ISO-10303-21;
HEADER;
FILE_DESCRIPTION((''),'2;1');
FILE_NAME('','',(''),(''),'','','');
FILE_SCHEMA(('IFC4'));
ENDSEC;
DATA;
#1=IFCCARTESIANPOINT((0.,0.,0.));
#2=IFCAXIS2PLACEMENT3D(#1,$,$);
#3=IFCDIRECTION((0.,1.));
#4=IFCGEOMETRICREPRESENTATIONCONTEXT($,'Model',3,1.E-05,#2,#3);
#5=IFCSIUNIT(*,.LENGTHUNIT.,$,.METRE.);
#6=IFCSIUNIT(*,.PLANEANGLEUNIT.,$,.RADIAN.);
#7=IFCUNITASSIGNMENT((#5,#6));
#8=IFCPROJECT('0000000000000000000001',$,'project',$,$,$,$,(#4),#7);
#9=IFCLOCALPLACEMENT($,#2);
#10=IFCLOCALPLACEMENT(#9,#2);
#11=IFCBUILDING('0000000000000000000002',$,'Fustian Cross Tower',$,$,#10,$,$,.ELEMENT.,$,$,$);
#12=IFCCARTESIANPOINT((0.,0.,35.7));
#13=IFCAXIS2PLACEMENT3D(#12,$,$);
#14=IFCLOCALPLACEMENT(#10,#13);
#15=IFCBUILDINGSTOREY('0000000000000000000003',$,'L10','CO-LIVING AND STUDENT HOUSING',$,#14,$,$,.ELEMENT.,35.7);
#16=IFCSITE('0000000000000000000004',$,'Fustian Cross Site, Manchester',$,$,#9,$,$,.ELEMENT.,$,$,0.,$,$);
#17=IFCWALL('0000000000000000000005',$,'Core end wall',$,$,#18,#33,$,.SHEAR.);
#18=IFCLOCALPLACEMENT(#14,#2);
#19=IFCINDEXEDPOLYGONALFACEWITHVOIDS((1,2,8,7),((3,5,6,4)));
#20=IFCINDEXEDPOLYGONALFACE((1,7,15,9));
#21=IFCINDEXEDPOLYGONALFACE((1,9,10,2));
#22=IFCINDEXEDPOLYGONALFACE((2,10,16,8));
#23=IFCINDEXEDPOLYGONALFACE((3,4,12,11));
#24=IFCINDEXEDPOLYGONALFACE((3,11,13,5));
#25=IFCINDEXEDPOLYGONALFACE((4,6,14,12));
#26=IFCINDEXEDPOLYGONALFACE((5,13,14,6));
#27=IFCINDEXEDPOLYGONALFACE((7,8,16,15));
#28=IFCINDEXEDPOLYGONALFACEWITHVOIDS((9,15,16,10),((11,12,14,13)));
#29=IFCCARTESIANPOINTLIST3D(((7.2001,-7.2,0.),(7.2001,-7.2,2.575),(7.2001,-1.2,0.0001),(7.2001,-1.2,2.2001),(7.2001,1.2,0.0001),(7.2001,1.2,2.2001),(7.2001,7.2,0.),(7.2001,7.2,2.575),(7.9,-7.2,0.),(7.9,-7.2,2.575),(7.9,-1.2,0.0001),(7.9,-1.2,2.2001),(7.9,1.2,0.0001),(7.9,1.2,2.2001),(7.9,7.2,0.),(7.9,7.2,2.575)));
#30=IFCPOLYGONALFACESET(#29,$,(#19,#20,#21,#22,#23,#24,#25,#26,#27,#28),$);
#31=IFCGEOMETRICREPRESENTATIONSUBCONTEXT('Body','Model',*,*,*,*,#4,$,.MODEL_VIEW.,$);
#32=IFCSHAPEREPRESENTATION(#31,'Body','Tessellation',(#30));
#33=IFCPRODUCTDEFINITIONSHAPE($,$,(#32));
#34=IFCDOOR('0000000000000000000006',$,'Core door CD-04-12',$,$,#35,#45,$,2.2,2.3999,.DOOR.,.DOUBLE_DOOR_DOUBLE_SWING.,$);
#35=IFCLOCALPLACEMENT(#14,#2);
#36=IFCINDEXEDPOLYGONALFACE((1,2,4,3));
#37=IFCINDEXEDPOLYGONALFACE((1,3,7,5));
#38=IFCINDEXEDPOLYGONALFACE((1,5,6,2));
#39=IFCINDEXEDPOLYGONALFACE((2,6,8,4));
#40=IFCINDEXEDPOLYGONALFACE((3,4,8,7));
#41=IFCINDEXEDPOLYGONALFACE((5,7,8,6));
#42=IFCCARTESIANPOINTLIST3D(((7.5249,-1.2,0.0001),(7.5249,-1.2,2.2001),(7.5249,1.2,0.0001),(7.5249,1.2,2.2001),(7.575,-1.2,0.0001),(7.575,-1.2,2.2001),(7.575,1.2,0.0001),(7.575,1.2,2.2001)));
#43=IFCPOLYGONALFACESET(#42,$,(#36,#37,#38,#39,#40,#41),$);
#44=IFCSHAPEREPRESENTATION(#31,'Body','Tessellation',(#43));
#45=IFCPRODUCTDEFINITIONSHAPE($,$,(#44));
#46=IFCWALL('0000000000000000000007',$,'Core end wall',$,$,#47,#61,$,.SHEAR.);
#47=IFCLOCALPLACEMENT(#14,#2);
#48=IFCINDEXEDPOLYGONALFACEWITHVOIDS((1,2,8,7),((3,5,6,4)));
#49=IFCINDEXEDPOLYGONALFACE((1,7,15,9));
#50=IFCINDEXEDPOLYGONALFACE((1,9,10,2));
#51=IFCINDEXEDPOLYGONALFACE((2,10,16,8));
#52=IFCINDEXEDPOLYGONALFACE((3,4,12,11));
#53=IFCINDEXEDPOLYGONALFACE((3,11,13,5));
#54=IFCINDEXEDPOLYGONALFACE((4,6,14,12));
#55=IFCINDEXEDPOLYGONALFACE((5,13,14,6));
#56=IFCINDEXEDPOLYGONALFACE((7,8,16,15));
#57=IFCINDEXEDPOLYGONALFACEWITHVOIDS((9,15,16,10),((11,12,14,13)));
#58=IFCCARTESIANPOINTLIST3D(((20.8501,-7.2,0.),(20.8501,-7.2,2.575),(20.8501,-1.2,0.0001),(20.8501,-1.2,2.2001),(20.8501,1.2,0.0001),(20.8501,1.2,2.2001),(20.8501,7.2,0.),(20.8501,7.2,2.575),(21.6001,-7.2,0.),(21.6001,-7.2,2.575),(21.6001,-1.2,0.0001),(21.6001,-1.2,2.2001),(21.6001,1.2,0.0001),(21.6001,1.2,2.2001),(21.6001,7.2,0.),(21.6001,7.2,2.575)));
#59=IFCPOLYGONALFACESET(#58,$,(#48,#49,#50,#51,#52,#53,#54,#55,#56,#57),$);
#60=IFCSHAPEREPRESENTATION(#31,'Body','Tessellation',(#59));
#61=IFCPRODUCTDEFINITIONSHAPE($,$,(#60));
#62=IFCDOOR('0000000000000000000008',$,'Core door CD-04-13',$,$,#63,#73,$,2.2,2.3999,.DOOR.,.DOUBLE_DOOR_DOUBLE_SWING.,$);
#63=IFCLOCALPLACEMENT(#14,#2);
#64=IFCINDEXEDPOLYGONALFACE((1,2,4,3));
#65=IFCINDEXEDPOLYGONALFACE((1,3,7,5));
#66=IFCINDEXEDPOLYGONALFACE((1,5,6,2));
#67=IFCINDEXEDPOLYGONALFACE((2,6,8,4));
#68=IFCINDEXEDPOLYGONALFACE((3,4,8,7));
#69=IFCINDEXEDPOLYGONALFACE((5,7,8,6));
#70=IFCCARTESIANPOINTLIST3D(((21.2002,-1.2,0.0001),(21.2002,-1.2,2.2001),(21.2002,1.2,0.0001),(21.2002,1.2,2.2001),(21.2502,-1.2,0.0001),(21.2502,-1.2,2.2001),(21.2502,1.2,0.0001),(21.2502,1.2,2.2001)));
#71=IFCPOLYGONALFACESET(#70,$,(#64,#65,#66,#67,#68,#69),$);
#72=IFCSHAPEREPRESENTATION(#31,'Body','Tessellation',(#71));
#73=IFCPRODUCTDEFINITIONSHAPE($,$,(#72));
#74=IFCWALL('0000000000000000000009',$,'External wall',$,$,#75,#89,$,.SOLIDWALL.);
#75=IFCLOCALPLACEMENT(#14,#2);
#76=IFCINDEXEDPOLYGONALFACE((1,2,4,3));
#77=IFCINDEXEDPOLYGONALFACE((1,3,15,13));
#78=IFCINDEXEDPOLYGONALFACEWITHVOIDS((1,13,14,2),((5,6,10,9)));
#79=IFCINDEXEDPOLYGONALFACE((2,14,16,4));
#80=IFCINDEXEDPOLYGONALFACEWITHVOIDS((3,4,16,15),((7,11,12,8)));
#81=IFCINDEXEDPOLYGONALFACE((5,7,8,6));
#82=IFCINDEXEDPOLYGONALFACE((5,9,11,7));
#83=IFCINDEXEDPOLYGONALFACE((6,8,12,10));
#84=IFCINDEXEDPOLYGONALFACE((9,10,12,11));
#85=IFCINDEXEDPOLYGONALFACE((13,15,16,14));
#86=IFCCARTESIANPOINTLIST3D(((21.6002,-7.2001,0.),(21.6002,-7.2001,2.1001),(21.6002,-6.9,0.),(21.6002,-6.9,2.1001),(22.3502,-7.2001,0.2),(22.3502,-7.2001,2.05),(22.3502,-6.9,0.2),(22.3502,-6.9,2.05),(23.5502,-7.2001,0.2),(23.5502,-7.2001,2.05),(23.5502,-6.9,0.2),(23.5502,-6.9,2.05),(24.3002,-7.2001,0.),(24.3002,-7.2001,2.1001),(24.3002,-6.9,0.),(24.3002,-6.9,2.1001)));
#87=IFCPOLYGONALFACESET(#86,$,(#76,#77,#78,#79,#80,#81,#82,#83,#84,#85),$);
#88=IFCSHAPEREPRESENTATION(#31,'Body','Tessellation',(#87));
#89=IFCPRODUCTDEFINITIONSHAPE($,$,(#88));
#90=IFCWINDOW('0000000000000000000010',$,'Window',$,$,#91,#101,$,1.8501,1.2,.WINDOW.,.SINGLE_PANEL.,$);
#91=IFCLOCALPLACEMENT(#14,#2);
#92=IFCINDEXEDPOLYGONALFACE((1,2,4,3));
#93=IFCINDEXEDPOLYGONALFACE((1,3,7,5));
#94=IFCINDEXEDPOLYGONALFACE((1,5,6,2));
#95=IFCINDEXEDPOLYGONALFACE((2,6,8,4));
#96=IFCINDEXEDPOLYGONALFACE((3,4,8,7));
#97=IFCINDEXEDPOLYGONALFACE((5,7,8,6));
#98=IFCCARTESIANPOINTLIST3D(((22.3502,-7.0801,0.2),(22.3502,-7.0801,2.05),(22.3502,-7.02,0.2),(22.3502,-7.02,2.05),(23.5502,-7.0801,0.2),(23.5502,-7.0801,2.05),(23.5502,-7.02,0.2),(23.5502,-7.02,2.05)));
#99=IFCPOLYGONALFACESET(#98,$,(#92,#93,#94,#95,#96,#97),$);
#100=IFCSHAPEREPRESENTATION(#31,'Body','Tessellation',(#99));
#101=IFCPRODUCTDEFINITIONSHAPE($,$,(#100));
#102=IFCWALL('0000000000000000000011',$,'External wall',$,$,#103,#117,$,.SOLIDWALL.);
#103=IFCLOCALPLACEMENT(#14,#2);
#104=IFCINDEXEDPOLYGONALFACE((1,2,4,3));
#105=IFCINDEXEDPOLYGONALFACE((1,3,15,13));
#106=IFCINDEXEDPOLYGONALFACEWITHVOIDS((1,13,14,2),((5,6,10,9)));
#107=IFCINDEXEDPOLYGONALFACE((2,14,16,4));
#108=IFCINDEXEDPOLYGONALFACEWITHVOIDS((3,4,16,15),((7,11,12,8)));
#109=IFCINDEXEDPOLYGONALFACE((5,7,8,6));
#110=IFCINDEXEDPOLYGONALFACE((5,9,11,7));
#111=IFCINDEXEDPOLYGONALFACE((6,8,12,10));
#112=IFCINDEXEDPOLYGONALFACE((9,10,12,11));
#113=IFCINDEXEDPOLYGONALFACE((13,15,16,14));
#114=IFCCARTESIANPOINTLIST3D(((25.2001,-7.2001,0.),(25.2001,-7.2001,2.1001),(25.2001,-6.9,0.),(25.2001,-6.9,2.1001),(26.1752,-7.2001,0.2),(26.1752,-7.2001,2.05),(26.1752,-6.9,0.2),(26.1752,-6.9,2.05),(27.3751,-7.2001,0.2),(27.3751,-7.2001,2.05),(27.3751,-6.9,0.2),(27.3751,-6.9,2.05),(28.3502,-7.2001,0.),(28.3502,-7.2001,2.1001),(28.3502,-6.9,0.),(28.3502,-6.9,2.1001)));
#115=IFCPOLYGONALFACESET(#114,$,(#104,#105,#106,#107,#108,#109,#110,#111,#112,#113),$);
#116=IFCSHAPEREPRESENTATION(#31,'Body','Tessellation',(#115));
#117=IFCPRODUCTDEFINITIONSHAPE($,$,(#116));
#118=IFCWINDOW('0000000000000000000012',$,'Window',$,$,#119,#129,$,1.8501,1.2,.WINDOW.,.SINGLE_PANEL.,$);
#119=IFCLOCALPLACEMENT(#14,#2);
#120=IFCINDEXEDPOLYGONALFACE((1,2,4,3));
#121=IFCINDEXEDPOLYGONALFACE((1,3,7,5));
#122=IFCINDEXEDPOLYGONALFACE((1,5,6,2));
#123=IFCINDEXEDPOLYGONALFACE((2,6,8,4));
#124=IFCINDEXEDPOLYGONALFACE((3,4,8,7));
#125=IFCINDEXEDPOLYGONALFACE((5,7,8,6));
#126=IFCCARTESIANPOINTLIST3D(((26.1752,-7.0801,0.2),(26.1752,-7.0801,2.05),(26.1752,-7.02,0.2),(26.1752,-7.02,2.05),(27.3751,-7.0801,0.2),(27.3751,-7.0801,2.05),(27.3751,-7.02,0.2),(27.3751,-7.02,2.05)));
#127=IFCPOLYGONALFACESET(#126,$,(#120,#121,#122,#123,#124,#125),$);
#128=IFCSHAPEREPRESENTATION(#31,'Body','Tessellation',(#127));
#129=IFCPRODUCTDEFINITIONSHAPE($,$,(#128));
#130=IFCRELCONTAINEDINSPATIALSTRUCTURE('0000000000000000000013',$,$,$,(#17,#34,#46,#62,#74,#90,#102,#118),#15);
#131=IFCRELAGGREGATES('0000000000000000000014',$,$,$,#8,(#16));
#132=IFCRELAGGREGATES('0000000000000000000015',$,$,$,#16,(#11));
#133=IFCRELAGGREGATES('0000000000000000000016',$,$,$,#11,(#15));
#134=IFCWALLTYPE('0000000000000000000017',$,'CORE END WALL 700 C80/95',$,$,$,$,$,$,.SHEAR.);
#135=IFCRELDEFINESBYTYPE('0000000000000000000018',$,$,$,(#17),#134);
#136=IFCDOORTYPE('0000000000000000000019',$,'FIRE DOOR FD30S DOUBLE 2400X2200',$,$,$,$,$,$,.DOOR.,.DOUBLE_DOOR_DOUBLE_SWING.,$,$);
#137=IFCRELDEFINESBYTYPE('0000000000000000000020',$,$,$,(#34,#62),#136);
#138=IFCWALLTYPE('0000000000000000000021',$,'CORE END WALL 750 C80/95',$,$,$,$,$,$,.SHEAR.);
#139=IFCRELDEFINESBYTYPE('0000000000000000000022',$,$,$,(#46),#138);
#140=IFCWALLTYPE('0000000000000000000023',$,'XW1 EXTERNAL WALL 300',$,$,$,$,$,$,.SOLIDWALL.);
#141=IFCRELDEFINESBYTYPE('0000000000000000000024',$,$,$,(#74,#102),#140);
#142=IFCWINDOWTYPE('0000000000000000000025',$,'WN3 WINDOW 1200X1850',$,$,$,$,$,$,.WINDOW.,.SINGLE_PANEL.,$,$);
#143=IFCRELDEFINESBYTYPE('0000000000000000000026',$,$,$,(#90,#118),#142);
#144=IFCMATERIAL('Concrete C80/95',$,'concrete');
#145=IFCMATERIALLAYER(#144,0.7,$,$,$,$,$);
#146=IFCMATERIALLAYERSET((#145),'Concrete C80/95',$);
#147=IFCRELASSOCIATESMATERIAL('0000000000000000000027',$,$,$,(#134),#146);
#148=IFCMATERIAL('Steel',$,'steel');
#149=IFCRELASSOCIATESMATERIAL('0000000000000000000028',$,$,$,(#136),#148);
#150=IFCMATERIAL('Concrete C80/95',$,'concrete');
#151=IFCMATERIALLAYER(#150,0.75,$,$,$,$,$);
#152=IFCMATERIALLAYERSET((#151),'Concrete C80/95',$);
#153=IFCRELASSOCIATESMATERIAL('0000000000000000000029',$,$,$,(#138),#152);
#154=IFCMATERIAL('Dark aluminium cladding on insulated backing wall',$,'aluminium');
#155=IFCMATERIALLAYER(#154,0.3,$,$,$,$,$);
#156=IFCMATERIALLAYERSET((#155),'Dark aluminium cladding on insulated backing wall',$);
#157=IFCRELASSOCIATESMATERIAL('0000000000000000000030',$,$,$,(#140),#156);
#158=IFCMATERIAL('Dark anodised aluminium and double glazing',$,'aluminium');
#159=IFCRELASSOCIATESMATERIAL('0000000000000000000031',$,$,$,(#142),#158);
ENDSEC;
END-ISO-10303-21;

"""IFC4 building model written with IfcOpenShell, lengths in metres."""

from ifc_helpers import new_model, si_unit, direction, frame, frame_2d, origin, place, context, subcontext, project, spatial, rectangle, extrude, material, layer, layer_set, type_object, element, fill, save


model = new_model("IFC4")

# Units and contexts
model_context = context("Model", 3, precision=1e-05, world=origin(), true_north=direction((0.0, 1.0)))
body_context = subcontext(model_context, "Body", "Model", "MODEL_VIEW")
ifc_project = project(units=[si_unit("LENGTHUNIT", "METRE"), si_unit("PLANEANGLEUNIT", "RADIAN")], contexts=[model_context])

# Site, building, storey
site_placement = place(None, origin())
site = spatial("IfcSite", under=ifc_project, at=site_placement, Name="Fustian Cross Site, Manchester", CompositionType="ELEMENT", RefElevation=0.0)
building_placement = place(site_placement, origin())
building = spatial("IfcBuilding", under=site, at=building_placement, Name="Fustian Cross Tower", CompositionType="ELEMENT")
storey_placement = place(building_placement, frame((0.0, 0.0, 35.7)))
storey = spatial("IfcBuildingStorey", under=building, at=storey_placement, Name="L10", Description="CO-LIVING AND STUDENT HOUSING", CompositionType="ELEMENT", Elevation=35.7)

# Walls, openings, doors
ifc_material_1 = material(Name="Concrete C80/95", Category="concrete")
ifc_layer_1 = layer(ifc_material_1, 0.7)
ifc_layer_set_1 = layer_set([ifc_layer_1], Name="Concrete C80/95")
wall_type_1 = type_object("IfcWallType", Name="CORE END WALL 700 C80/95", PredefinedType="SHEAR", material=ifc_layer_set_1)
wall_1_placement = place(storey_placement, frame((7.55, -7.2, 0.0), z_axis=(0.0, 0.0, 1.0), x_axis=(0.0, 1.0, 0.0)))
wall_1 = element("IfcWall", 1, at=wall_1_placement, inside=storey, type_object=wall_type_1, Name="Core end wall", PredefinedType="SHEAR", context=body_context, shape_type="SweptSolid", body=[
    extrude(rectangle(XDim=14.3999, YDim=0.7, at=frame_2d((7.2, 0.0))), origin(), (0.0, 0.0, 1.0), 2.575),
])
opening_1_placement = place(wall_1_placement, frame((6.0, 0.0, 0.0)))
opening_1 = element("IfcOpeningElement", 2, at=opening_1_placement, cuts=wall_1, PredefinedType="OPENING", context=body_context, shape_type="SweptSolid", body=[
    extrude(rectangle(XDim=2.3999, YDim=2.2, at=frame_2d((1.2, 1.1001))), frame((0.0, 0.3599, 0.0), z_axis=(0.0, -1.0, 0.0), x_axis=(1.0, 0.0, 0.0)), (0.0, 0.0, 1.0), 0.72),
])
ifc_material_2 = material(Name="Steel", Category="steel")
door_type = type_object("IfcDoorType", Name="FIRE DOOR FD30S DOUBLE 2400X2200", OperationType="DOUBLE_DOOR_DOUBLE_SWING", PredefinedType="DOOR", material=ifc_material_2)
door_1_placement = place(opening_1_placement, frame((2.3999, 0.0, 0.0), z_axis=(0.0, 0.0, 1.0), x_axis=(-1.0, 0.0, 0.0)))
door_1 = element("IfcDoor", 3, at=door_1_placement, inside=storey, type_object=door_type, Name="Core door CD-04-12", OperationType="DOUBLE_DOOR_DOUBLE_SWING", OverallHeight=2.2, OverallWidth=2.3999, PredefinedType="DOOR", context=body_context, shape_type="SweptSolid", body=[
    extrude(rectangle(XDim=2.3999, YDim=2.2, at=frame_2d((1.2, 1.1001))), frame((0.0, 0.0249, 0.0), z_axis=(0.0, -1.0, 0.0), x_axis=(1.0, 0.0, 0.0)), (0.0, 0.0, 1.0), 0.05),
])
fill(opening_1, door_1)
ifc_material_3 = material(Name="Concrete C80/95", Category="concrete")
ifc_layer_2 = layer(ifc_material_3, 0.75)
ifc_layer_set_2 = layer_set([ifc_layer_2], Name="Concrete C80/95")
wall_type_2 = type_object("IfcWallType", Name="CORE END WALL 750 C80/95", PredefinedType="SHEAR", material=ifc_layer_set_2)
wall_2_placement = place(storey_placement, frame((21.2251, -7.2, 0.0), z_axis=(0.0, 0.0, 1.0), x_axis=(0.0, 1.0, 0.0)))
wall_2 = element("IfcWall", 4, at=wall_2_placement, inside=storey, type_object=wall_type_2, Name="Core end wall", PredefinedType="SHEAR", context=body_context, shape_type="SweptSolid", body=[
    extrude(rectangle(XDim=14.3999, YDim=0.75, at=frame_2d((7.2, 0.0))), origin(), (0.0, 0.0, 1.0), 2.575),
])
opening_2_placement = place(wall_2_placement, frame((6.0, 0.0, 0.0)))
opening_2 = element("IfcOpeningElement", 5, at=opening_2_placement, cuts=wall_2, PredefinedType="OPENING", context=body_context, shape_type="SweptSolid", body=[
    extrude(rectangle(XDim=2.3999, YDim=2.2, at=frame_2d((1.2, 1.1001))), frame((0.0, 0.385, 0.0), z_axis=(0.0, -1.0, 0.0), x_axis=(1.0, 0.0, 0.0)), (0.0, 0.0, 1.0), 0.77),
])
door_2_placement = place(opening_2_placement, origin())
door_2 = element("IfcDoor", 6, at=door_2_placement, inside=storey, type_object=door_type, Name="Core door CD-04-13", OperationType="DOUBLE_DOOR_DOUBLE_SWING", OverallHeight=2.2, OverallWidth=2.3999, PredefinedType="DOOR", context=body_context, shape_type="SweptSolid", body=[
    extrude(rectangle(XDim=2.3999, YDim=2.2, at=frame_2d((1.2, 1.1001))), frame((0.0, 0.0249, 0.0), z_axis=(0.0, -1.0, 0.0), x_axis=(1.0, 0.0, 0.0)), (0.0, 0.0, 1.0), 0.05),
])
fill(opening_2, door_2)

# Walls, openings, windows
ifc_material_4 = material(Name="Dark aluminium cladding on insulated backing wall", Category="aluminium")
ifc_layer_3 = layer(ifc_material_4, 0.3)
ifc_layer_set_3 = layer_set([ifc_layer_3], Name="Dark aluminium cladding on insulated backing wall")
wall_type_3 = type_object("IfcWallType", Name="XW1 EXTERNAL WALL 300", PredefinedType="SOLIDWALL", material=ifc_layer_set_3)
wall_3_placement = place(storey_placement, frame((21.6001, -7.05, 0.0), z_axis=(0.0, 0.0, 1.0), x_axis=(1.0, 0.0, 0.0)))
wall_3 = element("IfcWall", 7, at=wall_3_placement, inside=storey, type_object=wall_type_3, Name="External wall", PredefinedType="SOLIDWALL", context=body_context, shape_type="SweptSolid", body=[
    extrude(rectangle(XDim=2.7, YDim=0.3, at=frame_2d((1.3501, 0.0))), origin(), (0.0, 0.0, 1.0), 2.1001),
])
opening_3_placement = place(wall_3_placement, frame((0.75, 0.0, 0.2)))
opening_3 = element("IfcOpeningElement", 8, at=opening_3_placement, cuts=wall_3, PredefinedType="OPENING", context=body_context, shape_type="SweptSolid", body=[
    extrude(rectangle(XDim=1.2, YDim=1.8501, at=frame_2d((0.6001, 0.925))), frame((0.0, 0.1599, 0.0), z_axis=(0.0, -1.0, 0.0), x_axis=(1.0, 0.0, 0.0)), (0.0, 0.0, 1.0), 0.3201),
])
ifc_material_5 = material(Name="Dark anodised aluminium and double glazing", Category="aluminium")
window_type_1 = type_object("IfcWindowType", Name="WN3 WINDOW 1200X1850", PartitioningType="SINGLE_PANEL", PredefinedType="WINDOW", material=ifc_material_5)
window_1_placement = place(opening_3_placement, origin())
window_1 = element("IfcWindow", 9, at=window_1_placement, inside=storey, type_object=window_type_1, Name="Window", OverallHeight=1.8501, OverallWidth=1.2, PartitioningType="SINGLE_PANEL", PredefinedType="WINDOW", context=body_context, shape_type="SweptSolid", body=[
    extrude(rectangle(XDim=1.2, YDim=1.8501, at=frame_2d((0.6001, 0.925))), frame((0.0, 0.03, 0.0), z_axis=(0.0, -1.0, 0.0), x_axis=(1.0, 0.0, 0.0)), (0.0, 0.0, 1.0), 0.0601),
])
fill(opening_3, window_1)
wall_4_placement = place(storey_placement, frame((25.2, -7.05, 0.0), z_axis=(0.0, 0.0, 1.0), x_axis=(1.0, 0.0, 0.0)))
wall_4 = element("IfcWall", 10, at=wall_4_placement, inside=storey, type_object=wall_type_3, Name="External wall", PredefinedType="SOLIDWALL", context=body_context, shape_type="SweptSolid", body=[
    extrude(rectangle(XDim=3.1501, YDim=0.3, at=frame_2d((1.5752, 0.0))), origin(), (0.0, 0.0, 1.0), 2.1001),
])
opening_4_placement = place(wall_4_placement, frame((0.9751, 0.0, 0.2)))
opening_4 = element("IfcOpeningElement", 11, at=opening_4_placement, cuts=wall_4, PredefinedType="OPENING", context=body_context, shape_type="SweptSolid", body=[
    extrude(rectangle(XDim=1.2, YDim=1.8501, at=frame_2d((0.6001, 0.925))), frame((0.0, 0.1599, 0.0), z_axis=(0.0, -1.0, 0.0), x_axis=(1.0, 0.0, 0.0)), (0.0, 0.0, 1.0), 0.3201),
])
window_2_placement = place(opening_4_placement, origin())
window_2 = element("IfcWindow", 12, at=window_2_placement, inside=storey, type_object=window_type_1, Name="Window", OverallHeight=1.8501, OverallWidth=1.2, PartitioningType="SINGLE_PANEL", PredefinedType="WINDOW", context=body_context, shape_type="SweptSolid", body=[
    extrude(rectangle(XDim=1.2, YDim=1.8501, at=frame_2d((0.6001, 0.925))), frame((0.0, 0.03, 0.0), z_axis=(0.0, -1.0, 0.0), x_axis=(1.0, 0.0, 0.0)), (0.0, 0.0, 1.0), 0.0601),
])
fill(opening_4, window_2)

save(model, "model.ifc")
